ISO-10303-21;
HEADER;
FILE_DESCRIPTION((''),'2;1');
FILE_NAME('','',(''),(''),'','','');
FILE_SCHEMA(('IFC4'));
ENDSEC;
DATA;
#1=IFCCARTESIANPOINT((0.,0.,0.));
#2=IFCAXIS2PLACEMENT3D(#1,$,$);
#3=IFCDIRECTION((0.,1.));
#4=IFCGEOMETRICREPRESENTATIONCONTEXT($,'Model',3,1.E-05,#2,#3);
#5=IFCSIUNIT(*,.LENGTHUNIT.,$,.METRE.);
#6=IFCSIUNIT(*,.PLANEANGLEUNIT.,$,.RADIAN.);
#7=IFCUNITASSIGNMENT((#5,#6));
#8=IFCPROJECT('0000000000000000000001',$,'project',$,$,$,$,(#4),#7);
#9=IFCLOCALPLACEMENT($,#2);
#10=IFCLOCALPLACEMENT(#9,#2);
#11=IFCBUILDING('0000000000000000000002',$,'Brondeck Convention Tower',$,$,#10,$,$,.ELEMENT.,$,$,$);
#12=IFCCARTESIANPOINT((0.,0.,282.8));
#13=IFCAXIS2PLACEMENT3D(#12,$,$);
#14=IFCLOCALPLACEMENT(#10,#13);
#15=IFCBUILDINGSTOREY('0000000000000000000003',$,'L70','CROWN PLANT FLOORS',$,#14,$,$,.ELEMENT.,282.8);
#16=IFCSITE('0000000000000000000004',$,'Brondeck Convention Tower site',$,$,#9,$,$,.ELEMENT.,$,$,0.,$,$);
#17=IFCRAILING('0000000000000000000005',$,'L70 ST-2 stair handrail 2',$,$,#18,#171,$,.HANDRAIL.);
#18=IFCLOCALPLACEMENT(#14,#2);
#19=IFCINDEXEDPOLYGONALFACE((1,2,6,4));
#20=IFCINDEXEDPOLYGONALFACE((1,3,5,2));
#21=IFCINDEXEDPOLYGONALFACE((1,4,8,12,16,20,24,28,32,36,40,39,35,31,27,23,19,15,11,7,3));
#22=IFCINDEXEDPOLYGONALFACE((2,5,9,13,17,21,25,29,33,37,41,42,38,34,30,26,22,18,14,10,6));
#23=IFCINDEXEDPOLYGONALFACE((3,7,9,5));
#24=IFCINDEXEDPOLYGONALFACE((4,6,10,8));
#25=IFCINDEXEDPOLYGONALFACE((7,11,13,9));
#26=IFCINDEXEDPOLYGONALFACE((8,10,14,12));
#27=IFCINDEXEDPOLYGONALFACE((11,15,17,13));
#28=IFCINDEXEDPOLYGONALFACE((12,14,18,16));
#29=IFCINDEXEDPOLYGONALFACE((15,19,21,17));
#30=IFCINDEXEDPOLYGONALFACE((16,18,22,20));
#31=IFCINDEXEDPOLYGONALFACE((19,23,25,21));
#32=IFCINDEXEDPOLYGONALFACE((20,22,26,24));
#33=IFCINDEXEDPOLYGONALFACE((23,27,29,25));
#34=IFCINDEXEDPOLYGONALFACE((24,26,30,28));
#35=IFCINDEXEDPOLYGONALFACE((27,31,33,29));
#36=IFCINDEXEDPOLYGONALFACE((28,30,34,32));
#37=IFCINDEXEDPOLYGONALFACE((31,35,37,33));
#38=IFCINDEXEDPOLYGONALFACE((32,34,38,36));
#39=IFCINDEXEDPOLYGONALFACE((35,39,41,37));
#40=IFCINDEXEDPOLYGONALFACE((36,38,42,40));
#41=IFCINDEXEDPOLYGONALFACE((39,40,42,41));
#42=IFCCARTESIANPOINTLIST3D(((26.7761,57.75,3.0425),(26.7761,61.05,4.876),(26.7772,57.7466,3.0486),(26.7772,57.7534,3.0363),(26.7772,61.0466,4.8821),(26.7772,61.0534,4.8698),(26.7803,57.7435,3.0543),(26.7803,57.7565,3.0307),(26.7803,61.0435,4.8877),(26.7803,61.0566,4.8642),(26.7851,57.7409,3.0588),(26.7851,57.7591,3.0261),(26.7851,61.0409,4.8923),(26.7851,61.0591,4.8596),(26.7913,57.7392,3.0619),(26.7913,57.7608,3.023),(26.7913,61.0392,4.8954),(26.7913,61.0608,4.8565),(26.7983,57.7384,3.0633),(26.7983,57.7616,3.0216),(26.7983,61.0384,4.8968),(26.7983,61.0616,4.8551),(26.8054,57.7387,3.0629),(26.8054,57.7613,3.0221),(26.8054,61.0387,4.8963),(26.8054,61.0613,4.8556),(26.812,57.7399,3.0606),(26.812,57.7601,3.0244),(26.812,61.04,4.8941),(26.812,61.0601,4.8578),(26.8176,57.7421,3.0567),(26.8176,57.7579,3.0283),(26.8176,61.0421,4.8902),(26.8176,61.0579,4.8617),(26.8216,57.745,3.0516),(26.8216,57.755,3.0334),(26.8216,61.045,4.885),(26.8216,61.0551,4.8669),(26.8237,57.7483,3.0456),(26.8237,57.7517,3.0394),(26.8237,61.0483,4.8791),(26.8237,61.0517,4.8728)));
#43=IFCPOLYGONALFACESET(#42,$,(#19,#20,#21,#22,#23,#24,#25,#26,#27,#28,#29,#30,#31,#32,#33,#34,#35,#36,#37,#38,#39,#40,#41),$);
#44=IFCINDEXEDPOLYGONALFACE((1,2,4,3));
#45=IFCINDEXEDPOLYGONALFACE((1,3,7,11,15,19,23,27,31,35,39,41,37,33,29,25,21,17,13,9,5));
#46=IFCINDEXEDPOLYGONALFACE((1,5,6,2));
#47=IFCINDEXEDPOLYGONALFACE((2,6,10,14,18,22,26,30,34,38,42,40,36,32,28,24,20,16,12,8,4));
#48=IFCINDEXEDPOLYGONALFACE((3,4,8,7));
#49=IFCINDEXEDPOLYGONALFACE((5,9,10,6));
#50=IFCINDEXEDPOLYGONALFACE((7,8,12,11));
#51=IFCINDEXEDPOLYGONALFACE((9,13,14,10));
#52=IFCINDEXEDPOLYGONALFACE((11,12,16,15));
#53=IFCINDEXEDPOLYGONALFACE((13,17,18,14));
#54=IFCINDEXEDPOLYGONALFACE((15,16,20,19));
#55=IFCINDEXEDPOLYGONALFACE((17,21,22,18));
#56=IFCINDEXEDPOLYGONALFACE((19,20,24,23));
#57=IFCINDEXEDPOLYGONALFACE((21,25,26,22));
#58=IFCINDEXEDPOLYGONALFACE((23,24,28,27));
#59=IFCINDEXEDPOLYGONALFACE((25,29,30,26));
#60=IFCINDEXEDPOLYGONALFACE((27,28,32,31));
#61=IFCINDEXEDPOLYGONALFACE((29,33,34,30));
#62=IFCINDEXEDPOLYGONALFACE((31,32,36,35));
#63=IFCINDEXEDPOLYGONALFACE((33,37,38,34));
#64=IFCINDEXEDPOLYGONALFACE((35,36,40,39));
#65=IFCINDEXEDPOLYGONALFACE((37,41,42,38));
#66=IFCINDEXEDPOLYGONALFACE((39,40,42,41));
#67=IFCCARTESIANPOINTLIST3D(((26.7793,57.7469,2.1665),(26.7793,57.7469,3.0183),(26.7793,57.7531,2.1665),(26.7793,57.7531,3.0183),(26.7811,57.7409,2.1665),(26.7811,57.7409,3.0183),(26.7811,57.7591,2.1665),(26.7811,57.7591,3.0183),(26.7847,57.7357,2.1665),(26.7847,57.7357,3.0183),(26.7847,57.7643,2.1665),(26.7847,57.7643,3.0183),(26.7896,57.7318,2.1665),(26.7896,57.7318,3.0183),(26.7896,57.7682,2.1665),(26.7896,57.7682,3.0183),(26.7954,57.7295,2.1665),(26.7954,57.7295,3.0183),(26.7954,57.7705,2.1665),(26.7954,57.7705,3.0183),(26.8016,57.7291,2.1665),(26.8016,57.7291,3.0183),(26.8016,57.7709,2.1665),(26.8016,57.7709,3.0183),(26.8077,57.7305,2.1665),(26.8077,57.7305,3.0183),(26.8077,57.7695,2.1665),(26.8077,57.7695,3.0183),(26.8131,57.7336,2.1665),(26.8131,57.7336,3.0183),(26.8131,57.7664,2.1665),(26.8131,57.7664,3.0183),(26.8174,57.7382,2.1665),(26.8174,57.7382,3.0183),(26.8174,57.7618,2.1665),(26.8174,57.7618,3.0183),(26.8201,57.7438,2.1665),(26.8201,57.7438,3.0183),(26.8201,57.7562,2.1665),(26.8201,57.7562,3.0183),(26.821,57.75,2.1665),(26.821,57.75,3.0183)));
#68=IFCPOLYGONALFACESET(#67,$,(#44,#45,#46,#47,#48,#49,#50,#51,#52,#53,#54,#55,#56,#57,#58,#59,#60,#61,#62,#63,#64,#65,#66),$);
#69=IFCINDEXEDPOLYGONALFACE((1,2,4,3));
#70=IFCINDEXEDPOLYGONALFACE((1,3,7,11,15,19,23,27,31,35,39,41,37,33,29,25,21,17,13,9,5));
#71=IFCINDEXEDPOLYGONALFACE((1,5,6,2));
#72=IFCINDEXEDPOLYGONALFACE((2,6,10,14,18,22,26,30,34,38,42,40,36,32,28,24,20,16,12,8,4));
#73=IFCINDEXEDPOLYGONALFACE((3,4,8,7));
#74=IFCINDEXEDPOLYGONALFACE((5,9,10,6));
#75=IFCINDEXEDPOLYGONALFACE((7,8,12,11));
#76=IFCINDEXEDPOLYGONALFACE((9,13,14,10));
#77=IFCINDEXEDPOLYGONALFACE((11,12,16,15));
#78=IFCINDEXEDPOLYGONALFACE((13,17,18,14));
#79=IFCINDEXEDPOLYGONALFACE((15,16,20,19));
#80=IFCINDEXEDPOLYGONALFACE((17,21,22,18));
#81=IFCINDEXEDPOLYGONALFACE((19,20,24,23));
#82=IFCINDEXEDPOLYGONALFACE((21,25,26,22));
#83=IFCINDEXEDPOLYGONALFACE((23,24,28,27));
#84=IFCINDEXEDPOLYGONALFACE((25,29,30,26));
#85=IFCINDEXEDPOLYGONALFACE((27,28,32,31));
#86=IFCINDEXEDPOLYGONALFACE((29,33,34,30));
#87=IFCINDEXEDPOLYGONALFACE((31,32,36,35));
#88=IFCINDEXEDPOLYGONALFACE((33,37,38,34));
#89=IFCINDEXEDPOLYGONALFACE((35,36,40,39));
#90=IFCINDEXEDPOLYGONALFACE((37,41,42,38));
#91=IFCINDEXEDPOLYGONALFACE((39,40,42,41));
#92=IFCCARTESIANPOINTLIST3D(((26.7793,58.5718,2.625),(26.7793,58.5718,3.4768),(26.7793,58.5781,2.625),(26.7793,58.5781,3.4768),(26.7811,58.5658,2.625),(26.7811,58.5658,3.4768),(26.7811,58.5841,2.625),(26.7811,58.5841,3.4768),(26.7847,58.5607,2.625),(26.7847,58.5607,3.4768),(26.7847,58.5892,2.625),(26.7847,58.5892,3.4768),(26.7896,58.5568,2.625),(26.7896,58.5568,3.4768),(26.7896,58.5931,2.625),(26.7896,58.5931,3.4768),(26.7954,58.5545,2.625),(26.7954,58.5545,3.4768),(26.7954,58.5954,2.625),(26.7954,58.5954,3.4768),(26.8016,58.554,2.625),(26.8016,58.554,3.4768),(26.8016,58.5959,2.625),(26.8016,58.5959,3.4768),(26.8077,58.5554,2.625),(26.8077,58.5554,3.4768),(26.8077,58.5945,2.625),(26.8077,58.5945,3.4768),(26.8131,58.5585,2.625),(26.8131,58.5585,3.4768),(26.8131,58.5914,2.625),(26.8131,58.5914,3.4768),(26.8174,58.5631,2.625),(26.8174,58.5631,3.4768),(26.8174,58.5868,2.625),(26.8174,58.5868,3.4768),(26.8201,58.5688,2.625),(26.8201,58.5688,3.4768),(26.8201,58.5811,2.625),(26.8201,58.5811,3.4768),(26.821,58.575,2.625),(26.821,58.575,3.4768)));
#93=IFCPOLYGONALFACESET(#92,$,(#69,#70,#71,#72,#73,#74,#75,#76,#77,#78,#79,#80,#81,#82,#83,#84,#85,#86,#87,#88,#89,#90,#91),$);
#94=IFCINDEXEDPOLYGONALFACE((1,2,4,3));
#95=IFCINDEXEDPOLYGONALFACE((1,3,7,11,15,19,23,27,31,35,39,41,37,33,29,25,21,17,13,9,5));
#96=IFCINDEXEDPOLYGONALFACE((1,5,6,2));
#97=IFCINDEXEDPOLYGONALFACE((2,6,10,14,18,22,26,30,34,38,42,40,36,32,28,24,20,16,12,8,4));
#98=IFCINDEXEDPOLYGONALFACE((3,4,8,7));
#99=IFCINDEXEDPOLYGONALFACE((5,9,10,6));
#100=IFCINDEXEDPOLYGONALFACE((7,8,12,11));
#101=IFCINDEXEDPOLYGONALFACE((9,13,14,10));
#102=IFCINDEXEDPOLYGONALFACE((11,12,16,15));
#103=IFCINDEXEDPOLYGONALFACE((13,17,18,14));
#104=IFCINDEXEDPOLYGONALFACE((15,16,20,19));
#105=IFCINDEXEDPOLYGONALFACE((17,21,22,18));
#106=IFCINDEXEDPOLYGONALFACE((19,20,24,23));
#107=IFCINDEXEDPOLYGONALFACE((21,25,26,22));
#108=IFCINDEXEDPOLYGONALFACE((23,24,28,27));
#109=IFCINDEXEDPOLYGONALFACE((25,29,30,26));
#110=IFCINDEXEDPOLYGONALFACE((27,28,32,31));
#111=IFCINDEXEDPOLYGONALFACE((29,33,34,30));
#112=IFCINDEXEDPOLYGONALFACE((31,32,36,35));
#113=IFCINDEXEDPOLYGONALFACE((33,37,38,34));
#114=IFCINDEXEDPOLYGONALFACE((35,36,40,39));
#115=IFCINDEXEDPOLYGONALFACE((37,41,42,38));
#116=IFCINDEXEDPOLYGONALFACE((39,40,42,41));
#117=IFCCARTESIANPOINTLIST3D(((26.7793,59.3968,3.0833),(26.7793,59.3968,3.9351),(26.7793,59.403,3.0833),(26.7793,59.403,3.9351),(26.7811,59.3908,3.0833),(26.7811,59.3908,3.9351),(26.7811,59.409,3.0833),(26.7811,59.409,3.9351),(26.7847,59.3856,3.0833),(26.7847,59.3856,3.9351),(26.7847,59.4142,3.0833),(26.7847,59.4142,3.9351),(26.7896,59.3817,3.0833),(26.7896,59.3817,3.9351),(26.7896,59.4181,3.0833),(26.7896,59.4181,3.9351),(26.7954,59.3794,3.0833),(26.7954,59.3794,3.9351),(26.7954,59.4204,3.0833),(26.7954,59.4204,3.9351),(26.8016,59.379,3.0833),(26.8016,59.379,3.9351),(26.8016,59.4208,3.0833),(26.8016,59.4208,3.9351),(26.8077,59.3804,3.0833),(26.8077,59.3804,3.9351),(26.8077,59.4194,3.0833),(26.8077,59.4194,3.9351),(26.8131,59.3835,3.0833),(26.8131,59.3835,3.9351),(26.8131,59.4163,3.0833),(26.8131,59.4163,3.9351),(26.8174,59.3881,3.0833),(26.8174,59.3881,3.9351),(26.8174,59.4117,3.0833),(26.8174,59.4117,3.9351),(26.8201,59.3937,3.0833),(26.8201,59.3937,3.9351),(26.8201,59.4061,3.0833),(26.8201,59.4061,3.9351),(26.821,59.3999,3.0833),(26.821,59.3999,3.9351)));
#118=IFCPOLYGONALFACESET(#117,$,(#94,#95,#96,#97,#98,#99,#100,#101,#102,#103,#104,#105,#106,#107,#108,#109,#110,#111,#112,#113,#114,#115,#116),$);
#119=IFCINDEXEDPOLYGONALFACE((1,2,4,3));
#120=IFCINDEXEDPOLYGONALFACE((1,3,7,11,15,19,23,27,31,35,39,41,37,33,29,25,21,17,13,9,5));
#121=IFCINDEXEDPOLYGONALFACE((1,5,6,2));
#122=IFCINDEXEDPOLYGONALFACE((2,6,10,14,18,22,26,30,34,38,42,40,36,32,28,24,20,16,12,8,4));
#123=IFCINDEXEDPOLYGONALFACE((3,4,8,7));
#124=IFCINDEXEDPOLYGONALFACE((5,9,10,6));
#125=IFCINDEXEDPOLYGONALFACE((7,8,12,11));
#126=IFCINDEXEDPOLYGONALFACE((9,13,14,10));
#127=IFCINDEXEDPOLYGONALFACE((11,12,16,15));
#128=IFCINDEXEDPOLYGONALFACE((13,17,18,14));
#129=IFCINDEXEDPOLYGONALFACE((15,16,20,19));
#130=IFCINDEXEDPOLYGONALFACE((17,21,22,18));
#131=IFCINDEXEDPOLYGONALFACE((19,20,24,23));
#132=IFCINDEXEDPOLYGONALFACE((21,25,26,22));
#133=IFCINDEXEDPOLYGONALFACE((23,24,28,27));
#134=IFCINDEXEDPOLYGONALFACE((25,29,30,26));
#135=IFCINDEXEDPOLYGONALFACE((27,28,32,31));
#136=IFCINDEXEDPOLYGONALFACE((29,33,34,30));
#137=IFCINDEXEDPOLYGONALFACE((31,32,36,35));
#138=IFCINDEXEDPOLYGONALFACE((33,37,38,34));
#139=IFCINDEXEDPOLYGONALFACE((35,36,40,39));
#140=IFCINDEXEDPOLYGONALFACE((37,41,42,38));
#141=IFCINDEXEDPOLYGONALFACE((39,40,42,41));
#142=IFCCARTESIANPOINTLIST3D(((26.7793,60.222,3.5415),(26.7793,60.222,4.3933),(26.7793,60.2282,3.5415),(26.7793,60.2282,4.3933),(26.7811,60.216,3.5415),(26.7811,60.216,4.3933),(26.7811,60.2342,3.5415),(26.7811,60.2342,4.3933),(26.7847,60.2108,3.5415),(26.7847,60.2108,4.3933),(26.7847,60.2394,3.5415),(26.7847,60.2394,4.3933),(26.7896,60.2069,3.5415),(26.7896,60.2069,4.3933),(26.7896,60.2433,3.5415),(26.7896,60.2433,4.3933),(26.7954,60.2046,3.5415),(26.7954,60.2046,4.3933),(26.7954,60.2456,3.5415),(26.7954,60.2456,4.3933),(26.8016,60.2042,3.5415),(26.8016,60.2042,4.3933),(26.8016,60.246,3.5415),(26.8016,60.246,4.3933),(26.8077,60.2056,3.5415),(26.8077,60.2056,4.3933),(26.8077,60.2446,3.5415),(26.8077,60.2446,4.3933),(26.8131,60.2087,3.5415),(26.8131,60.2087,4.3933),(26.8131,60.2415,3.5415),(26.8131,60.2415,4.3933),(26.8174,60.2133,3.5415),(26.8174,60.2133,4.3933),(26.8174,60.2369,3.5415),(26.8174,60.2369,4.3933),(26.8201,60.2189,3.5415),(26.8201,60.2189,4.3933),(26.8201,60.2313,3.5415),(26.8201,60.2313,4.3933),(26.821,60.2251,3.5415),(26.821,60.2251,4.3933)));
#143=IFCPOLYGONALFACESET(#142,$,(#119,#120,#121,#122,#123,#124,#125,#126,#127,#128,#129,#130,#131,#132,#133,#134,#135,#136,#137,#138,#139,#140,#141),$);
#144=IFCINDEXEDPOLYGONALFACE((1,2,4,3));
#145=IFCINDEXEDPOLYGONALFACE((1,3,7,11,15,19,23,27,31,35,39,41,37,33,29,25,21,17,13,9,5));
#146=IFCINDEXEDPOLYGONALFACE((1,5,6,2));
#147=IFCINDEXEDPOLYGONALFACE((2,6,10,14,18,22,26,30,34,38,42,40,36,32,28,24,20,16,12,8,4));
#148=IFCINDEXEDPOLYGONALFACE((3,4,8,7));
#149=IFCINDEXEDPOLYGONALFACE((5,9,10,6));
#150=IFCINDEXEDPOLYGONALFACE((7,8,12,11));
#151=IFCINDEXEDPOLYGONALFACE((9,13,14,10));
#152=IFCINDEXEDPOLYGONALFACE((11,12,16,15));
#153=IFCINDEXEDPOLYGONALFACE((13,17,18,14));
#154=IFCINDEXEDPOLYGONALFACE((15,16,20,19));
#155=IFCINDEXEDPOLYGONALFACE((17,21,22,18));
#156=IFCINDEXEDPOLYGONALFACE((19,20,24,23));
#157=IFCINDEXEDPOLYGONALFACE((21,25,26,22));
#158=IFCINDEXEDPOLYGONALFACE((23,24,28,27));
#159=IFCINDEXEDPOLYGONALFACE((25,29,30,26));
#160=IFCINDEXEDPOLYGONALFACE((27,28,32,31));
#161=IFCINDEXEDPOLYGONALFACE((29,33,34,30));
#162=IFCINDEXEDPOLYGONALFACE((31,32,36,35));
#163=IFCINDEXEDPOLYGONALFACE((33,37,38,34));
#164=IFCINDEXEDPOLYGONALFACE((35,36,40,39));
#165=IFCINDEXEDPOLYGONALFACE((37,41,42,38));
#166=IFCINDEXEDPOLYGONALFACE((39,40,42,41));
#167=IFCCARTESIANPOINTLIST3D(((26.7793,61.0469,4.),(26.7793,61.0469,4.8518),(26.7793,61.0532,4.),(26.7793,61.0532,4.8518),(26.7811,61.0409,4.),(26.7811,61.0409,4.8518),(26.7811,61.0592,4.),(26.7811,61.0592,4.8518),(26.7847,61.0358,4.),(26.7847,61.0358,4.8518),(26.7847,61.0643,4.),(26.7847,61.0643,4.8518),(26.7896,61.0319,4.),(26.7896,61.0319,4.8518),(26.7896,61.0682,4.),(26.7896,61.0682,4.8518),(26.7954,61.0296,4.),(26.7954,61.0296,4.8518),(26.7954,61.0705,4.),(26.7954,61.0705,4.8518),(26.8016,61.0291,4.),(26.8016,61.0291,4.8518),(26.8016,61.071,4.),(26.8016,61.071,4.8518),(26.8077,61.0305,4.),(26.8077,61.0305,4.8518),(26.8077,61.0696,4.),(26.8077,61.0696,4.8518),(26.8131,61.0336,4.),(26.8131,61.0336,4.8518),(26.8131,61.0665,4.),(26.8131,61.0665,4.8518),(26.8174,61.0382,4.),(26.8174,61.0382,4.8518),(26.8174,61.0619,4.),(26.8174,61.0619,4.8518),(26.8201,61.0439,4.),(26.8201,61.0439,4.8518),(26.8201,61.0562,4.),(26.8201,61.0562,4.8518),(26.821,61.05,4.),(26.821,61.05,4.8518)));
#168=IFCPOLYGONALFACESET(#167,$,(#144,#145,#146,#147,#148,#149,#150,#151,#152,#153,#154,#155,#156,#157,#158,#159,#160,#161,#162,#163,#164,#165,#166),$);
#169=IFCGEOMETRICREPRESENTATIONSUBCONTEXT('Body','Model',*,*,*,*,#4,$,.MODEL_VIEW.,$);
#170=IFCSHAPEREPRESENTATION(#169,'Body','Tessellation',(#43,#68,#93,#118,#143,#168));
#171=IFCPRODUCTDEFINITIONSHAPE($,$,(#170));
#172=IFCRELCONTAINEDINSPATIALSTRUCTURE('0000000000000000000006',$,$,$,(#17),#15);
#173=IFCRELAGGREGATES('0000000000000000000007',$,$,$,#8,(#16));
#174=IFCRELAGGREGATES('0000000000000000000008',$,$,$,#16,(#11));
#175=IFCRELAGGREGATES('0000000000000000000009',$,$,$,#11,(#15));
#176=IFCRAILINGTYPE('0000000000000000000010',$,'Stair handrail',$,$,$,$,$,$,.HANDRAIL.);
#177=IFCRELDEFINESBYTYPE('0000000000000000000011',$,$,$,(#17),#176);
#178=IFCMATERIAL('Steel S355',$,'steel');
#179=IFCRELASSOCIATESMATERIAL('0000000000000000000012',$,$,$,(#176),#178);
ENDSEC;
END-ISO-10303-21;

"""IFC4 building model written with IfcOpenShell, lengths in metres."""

from ifc_helpers import new_model, si_unit, direction, frame, origin, origin_2d, place, context, subcontext, project, spatial, circle, extrude, material, type_object, element, save


model = new_model("IFC4")

# Units and contexts
model_context = context("Model", 3, precision=1e-05, world=origin(), true_north=direction((0.0, 1.0)))
body_context = subcontext(model_context, "Body", "Model", "MODEL_VIEW")
ifc_project = project(units=[si_unit("LENGTHUNIT", "METRE"), si_unit("PLANEANGLEUNIT", "RADIAN")], contexts=[model_context])

# Site, building, storey
site_placement = place(None, origin())
site = spatial("IfcSite", under=ifc_project, at=site_placement, Name="Brondeck Convention Tower site", CompositionType="ELEMENT", RefElevation=0.0)
building_placement = place(site_placement, origin())
building = spatial("IfcBuilding", under=site, at=building_placement, Name="Brondeck Convention Tower", CompositionType="ELEMENT")
storey_placement = place(building_placement, frame((0.0, 0.0, 282.8)))
storey = spatial("IfcBuildingStorey", under=building, at=storey_placement, Name="L70", Description="CROWN PLANT FLOORS", CompositionType="ELEMENT", Elevation=282.8)

# Railing
ifc_material_1 = material(Name="Steel S355", Category="steel")
railing_type_1 = type_object("IfcRailingType", Name="Stair handrail", PredefinedType="HANDRAIL", material=ifc_material_1)
railing_1_placement = place(storey_placement, frame((26.8, 57.75, 2.1665)))
element("IfcRailing", 1, at=railing_1_placement, inside=storey, type_object=railing_type_1, Name="L70 ST-2 stair handrail 2", PredefinedType="HANDRAIL", context=body_context, shape_type="SweptSolid", body=[
    extrude(circle(Radius=0.0239, at=origin_2d()), frame((0.0, 0.0, 0.876), z_axis=(0.0, 0.874142, 0.48567), x_axis=(-1.0, 0.0, 0.0)), (0.0, 0.0, 1.0), 3.7751),
    extrude(circle(Radius=0.021, at=origin_2d()), origin(), (0.0, 0.0, 1.0), 0.8518),
    extrude(circle(Radius=0.021, at=origin_2d()), frame((0.0, 0.825, 0.4585)), (0.0, 0.0, 1.0), 0.8518),
    extrude(circle(Radius=0.021, at=origin_2d()), frame((0.0, 1.6499, 0.9167)), (0.0, 0.0, 1.0), 0.8518),
    extrude(circle(Radius=0.021, at=origin_2d()), frame((0.0, 2.4751, 1.375)), (0.0, 0.0, 1.0), 0.8518),
    extrude(circle(Radius=0.021, at=origin_2d()), frame((0.0, 3.3, 1.8335)), (0.0, 0.0, 1.0), 0.8518),
])

save(model, "model.ifc")
